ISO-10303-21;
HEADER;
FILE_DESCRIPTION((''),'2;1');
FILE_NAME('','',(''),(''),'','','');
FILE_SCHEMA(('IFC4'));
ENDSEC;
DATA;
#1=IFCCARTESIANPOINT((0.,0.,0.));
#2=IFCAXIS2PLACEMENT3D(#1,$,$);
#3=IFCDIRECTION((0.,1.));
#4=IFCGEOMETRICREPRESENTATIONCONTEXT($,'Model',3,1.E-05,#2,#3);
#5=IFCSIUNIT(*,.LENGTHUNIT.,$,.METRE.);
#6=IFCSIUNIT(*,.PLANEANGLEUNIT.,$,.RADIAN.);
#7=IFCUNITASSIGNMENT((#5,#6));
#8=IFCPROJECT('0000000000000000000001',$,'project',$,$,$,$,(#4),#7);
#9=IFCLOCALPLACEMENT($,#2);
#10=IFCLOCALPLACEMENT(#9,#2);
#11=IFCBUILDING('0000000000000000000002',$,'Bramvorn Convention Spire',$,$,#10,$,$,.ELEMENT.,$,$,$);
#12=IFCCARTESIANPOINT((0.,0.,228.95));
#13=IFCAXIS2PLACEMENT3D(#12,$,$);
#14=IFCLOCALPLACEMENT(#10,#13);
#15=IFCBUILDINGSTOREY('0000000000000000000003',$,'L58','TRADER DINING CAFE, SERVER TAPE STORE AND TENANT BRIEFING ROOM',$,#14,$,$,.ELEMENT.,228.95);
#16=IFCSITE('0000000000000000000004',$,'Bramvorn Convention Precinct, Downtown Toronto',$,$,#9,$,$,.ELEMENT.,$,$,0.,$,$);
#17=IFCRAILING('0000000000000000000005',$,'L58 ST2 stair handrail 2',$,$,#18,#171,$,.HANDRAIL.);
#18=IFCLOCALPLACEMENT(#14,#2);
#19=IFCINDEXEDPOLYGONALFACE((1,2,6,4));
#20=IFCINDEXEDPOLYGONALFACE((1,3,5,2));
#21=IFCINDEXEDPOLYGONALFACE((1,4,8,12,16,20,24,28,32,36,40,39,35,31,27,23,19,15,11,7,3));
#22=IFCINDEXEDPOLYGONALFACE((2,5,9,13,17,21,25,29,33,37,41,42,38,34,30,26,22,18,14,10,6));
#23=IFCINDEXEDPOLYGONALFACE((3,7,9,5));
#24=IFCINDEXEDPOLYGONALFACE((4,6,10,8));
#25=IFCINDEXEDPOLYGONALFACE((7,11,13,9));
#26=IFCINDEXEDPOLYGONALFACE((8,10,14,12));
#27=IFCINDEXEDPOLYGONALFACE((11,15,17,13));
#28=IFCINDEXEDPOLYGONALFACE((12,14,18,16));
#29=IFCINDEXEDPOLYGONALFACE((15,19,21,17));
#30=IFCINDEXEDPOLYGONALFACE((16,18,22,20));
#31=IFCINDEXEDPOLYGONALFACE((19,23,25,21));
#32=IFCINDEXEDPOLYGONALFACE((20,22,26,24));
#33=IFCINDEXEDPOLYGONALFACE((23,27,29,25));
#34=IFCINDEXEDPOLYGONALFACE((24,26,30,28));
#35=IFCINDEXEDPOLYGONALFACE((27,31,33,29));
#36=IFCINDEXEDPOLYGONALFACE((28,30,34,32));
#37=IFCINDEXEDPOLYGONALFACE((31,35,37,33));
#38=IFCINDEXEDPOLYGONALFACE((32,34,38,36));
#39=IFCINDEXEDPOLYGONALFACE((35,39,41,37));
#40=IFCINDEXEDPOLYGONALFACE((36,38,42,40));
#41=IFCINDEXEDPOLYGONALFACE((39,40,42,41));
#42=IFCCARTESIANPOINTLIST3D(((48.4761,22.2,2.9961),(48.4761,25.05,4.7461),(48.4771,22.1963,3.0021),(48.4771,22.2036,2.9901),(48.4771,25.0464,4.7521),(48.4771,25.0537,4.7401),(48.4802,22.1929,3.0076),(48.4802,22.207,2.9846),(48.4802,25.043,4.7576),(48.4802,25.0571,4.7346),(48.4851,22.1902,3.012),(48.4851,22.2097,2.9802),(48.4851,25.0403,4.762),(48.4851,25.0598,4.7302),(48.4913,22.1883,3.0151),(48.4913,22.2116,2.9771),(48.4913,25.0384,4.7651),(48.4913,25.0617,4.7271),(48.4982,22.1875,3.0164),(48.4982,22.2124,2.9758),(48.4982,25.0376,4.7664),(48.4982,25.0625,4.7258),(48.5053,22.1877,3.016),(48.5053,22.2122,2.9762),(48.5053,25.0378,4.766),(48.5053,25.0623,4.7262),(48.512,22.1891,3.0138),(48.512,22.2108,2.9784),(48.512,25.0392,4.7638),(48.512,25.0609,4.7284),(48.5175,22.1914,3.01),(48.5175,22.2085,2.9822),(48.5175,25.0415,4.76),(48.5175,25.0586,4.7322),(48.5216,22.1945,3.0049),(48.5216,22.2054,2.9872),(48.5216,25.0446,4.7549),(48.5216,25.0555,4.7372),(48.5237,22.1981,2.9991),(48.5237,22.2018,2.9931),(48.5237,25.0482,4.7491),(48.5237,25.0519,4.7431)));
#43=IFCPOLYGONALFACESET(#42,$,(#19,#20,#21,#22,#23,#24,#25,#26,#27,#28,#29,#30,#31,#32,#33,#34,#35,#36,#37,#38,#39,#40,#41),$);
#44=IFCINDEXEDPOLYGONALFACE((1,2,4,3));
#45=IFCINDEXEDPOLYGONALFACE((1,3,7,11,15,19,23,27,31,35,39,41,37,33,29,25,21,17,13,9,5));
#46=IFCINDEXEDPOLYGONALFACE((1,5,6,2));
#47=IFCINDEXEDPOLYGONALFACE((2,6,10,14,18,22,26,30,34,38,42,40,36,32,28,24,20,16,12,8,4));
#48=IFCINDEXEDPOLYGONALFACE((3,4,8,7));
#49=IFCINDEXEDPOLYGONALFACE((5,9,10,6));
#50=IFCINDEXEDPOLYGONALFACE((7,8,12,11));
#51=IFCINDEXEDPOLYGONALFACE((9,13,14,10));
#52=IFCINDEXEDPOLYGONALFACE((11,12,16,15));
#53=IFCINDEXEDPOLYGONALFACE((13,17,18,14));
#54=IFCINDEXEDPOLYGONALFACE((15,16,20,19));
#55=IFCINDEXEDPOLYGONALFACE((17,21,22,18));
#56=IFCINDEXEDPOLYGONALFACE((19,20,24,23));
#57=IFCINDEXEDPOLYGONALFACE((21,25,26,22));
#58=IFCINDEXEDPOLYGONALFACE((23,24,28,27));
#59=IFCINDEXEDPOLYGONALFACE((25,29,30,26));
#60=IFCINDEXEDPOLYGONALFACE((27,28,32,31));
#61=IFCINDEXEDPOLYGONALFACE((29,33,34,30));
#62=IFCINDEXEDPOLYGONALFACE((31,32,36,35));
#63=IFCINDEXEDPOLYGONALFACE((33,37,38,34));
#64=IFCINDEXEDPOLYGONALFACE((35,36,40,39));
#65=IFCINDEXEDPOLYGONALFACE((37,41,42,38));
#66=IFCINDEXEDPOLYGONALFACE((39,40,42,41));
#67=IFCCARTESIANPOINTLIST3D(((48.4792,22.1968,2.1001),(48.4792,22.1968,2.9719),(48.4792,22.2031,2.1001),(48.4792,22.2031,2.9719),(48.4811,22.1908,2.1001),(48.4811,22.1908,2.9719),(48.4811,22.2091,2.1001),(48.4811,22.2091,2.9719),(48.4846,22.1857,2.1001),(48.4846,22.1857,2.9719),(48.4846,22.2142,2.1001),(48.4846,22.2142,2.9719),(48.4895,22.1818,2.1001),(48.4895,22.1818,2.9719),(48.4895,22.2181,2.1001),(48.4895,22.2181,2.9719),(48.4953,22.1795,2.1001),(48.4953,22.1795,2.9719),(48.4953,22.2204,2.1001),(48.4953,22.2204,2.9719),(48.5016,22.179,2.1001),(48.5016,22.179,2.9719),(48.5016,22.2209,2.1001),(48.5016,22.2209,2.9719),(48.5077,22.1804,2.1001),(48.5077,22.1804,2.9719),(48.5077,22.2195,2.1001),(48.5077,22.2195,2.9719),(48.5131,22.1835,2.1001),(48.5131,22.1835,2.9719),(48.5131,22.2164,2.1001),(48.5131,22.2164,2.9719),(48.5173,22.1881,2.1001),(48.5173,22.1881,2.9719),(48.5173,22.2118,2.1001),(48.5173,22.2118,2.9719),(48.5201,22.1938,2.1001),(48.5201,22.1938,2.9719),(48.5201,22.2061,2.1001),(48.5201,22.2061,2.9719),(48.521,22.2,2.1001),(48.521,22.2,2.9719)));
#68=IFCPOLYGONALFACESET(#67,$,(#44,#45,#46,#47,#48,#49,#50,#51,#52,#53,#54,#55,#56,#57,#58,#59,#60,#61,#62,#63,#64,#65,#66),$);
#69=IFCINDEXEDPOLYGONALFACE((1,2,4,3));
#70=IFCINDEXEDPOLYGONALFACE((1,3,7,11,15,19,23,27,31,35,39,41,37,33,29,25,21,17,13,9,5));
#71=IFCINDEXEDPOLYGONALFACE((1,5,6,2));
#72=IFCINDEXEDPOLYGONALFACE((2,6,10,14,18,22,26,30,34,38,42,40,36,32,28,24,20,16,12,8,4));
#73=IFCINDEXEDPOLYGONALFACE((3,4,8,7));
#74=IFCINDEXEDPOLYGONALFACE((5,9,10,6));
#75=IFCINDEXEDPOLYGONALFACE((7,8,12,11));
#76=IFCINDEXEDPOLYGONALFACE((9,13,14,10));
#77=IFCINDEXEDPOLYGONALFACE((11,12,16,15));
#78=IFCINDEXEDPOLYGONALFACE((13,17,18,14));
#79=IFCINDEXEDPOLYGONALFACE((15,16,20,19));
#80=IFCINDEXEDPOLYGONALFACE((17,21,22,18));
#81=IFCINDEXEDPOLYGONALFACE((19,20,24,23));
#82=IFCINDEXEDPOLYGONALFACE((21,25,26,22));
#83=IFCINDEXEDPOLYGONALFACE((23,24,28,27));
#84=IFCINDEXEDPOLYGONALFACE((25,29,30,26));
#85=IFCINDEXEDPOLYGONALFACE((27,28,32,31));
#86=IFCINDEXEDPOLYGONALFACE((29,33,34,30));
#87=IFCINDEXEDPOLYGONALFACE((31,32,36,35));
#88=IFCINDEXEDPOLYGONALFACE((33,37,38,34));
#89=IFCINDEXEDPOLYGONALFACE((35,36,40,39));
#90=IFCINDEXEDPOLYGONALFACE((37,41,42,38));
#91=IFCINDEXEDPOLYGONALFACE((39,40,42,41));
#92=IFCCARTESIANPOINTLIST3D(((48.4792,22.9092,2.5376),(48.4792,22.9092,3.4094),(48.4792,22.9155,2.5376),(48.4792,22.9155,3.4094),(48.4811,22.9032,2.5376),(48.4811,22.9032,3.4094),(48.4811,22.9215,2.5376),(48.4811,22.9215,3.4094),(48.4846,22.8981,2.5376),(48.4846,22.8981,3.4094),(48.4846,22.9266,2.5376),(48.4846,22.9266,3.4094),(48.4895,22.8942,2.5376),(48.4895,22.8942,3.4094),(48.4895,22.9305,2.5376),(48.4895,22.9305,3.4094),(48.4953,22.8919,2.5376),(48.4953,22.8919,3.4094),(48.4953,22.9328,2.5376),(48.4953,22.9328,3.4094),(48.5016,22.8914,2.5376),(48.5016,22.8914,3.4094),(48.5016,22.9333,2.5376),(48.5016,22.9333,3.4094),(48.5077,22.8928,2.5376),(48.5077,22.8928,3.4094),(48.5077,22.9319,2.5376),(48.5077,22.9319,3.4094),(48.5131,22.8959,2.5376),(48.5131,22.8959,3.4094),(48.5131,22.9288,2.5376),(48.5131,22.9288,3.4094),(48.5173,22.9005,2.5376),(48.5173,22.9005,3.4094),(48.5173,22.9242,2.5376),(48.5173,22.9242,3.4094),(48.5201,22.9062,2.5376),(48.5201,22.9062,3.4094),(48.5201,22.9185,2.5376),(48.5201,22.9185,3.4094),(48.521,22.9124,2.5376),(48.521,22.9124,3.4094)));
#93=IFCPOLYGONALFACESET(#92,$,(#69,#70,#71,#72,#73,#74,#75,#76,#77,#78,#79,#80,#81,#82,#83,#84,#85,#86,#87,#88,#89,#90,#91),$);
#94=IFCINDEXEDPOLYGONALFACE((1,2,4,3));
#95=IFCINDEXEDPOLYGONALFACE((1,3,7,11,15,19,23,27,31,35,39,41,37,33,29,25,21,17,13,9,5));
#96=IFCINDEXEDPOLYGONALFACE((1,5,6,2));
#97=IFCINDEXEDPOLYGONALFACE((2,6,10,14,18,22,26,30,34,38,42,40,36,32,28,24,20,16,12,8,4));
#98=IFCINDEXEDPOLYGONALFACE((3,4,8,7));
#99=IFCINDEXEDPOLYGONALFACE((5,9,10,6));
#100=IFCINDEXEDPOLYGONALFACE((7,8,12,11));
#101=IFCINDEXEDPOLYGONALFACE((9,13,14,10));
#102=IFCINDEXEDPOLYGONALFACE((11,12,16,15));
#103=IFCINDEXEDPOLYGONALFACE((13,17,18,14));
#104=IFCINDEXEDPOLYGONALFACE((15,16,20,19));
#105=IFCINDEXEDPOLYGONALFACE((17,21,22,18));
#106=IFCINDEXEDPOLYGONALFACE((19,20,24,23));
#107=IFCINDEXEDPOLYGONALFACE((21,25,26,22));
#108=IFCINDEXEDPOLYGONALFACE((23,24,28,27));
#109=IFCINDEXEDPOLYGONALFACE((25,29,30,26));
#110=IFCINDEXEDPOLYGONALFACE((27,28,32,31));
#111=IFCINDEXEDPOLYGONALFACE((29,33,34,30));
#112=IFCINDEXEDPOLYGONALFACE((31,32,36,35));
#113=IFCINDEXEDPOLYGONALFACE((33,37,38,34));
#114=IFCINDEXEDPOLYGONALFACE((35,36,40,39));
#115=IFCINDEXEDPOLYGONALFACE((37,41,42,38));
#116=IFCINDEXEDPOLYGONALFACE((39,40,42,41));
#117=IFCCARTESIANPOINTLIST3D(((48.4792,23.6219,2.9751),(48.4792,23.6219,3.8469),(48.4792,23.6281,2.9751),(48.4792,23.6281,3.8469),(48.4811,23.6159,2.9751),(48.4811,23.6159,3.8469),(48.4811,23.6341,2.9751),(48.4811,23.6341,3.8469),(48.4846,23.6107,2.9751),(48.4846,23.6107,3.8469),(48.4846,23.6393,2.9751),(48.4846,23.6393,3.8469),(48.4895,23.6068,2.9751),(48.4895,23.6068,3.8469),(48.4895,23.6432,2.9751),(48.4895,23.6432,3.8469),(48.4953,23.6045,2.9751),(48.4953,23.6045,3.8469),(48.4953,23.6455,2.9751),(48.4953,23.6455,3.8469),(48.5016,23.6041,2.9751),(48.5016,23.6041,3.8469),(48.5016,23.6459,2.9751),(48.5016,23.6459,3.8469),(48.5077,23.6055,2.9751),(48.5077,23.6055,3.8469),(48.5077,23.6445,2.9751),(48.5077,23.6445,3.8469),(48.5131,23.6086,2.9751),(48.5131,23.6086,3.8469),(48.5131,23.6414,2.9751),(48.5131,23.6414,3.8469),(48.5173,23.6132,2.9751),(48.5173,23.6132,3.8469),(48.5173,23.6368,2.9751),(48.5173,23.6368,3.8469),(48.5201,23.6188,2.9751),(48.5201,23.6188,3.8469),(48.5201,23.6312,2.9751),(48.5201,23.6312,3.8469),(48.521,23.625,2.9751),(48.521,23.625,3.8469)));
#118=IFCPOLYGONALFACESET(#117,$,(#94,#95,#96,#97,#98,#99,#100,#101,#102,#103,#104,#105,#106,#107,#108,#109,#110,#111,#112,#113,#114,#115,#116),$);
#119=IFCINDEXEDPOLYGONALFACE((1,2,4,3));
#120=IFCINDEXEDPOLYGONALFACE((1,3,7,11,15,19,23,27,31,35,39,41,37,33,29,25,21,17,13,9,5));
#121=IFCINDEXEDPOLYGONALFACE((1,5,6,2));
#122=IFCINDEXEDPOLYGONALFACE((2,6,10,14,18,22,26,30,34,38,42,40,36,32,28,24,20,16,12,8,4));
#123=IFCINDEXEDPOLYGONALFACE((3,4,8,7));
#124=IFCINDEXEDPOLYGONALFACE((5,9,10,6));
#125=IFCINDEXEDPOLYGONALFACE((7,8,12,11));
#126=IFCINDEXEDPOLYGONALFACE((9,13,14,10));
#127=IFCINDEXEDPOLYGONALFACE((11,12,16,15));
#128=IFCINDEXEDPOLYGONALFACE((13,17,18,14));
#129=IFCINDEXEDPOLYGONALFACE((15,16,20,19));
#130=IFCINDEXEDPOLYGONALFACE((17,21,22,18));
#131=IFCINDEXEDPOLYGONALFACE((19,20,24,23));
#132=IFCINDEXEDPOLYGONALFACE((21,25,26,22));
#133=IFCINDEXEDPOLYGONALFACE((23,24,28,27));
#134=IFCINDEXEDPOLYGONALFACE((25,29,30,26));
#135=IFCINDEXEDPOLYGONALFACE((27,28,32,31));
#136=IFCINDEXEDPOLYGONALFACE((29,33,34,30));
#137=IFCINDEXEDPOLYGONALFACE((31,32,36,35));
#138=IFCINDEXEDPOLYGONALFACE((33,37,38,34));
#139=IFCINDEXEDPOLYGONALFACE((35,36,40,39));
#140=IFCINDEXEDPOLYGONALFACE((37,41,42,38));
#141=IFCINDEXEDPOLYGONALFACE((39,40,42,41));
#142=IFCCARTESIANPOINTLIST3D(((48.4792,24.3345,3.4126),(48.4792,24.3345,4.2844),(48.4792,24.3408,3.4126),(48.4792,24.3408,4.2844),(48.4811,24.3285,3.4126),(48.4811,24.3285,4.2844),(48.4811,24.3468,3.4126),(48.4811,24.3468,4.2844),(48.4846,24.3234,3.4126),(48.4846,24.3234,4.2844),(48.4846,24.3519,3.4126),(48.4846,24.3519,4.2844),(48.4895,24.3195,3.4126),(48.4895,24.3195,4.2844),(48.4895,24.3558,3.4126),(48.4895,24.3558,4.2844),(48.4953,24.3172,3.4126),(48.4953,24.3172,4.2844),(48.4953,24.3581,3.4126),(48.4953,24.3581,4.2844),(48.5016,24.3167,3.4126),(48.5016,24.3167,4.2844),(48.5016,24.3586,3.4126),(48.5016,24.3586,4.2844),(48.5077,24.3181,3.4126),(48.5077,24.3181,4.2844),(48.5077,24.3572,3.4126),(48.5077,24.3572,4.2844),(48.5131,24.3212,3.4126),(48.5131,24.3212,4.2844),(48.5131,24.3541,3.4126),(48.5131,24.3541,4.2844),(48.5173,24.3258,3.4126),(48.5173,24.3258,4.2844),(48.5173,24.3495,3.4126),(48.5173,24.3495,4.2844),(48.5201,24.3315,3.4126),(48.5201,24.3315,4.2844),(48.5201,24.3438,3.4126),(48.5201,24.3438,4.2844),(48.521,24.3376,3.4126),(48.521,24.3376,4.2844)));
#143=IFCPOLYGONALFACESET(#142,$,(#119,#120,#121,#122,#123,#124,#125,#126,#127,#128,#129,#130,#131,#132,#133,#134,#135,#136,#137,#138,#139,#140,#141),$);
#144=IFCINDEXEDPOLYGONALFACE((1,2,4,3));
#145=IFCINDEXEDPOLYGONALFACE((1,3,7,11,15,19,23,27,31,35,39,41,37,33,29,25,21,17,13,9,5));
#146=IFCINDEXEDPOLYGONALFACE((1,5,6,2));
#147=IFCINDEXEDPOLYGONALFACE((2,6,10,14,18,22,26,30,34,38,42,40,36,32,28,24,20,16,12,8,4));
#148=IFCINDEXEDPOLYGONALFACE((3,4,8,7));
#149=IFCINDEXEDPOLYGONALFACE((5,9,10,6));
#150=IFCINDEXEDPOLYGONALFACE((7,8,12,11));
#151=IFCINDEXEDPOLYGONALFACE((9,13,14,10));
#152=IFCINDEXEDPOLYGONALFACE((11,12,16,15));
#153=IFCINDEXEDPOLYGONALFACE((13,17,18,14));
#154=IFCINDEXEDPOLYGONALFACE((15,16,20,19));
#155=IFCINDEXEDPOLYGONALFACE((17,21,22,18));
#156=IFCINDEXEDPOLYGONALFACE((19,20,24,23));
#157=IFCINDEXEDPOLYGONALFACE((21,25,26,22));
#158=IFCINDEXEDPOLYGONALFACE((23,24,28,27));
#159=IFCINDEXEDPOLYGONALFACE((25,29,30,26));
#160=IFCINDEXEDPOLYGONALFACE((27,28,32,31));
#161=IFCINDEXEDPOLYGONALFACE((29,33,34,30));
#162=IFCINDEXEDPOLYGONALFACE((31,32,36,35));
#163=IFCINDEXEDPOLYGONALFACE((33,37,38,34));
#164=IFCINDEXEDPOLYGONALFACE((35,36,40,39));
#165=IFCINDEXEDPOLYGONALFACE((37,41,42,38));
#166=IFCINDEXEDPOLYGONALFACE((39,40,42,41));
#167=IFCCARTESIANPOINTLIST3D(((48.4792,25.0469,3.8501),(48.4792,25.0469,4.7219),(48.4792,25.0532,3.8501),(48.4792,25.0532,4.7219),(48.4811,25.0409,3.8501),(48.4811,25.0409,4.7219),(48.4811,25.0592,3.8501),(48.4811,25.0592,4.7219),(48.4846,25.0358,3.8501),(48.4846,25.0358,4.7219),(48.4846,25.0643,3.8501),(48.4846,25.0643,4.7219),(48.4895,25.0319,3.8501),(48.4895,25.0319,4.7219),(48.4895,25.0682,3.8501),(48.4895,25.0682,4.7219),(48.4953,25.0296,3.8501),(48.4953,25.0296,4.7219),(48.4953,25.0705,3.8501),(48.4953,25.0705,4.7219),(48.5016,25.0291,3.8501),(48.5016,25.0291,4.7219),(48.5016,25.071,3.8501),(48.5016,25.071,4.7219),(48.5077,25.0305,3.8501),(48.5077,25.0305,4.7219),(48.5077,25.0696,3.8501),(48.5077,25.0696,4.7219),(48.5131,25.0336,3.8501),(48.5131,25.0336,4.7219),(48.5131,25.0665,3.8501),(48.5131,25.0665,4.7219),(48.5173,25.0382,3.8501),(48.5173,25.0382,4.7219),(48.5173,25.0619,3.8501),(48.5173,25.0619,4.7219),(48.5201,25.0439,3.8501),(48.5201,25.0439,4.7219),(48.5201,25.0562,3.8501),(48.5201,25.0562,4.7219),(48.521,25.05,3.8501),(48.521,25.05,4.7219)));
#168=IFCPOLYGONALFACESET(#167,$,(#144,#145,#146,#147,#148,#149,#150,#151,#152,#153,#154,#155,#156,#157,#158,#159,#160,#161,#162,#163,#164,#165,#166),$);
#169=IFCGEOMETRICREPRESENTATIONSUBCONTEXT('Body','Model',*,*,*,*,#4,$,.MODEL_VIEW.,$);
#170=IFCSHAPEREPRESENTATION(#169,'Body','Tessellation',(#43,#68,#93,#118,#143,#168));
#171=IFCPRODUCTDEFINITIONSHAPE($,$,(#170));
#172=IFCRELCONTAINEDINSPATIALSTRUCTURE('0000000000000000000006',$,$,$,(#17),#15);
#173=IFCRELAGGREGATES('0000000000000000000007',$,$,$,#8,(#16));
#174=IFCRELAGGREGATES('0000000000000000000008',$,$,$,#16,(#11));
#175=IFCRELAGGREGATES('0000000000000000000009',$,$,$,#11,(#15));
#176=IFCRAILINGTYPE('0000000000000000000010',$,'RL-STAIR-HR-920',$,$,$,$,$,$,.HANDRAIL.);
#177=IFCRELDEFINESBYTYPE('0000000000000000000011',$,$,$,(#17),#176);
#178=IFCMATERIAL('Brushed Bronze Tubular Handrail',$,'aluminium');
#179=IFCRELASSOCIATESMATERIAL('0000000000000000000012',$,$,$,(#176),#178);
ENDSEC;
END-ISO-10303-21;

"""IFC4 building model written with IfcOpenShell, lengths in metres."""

from ifc_helpers import new_model, si_unit, direction, frame, origin, origin_2d, place, context, subcontext, project, spatial, circle, extrude, material, type_object, element, save


model = new_model("IFC4")

# Units and contexts
model_context = context("Model", 3, precision=1e-05, world=origin(), true_north=direction((0.0, 1.0)))
body_context = subcontext(model_context, "Body", "Model", "MODEL_VIEW")
ifc_project = project(units=[si_unit("LENGTHUNIT", "METRE"), si_unit("PLANEANGLEUNIT", "RADIAN")], contexts=[model_context])

# Site, building, storey
site_placement = place(None, origin())
site = spatial("IfcSite", under=ifc_project, at=site_placement, Name="Bramvorn Convention Precinct, Downtown Toronto", CompositionType="ELEMENT", RefElevation=0.0)
building_placement = place(site_placement, origin())
building = spatial("IfcBuilding", under=site, at=building_placement, Name="Bramvorn Convention Spire", CompositionType="ELEMENT")
storey_placement = place(building_placement, frame((0.0, 0.0, 228.95)))
storey = spatial("IfcBuildingStorey", under=building, at=storey_placement, Name="L58", Description="TRADER DINING CAFE, SERVER TAPE STORE AND TENANT BRIEFING ROOM", CompositionType="ELEMENT", Elevation=228.95)

# Railing
ifc_material_1 = material(Name="Brushed Bronze Tubular Handrail", Category="aluminium")
railing_type_1 = type_object("IfcRailingType", Name="RL-STAIR-HR-920", PredefinedType="HANDRAIL", material=ifc_material_1)
railing_1_placement = place(storey_placement, frame((48.5, 22.2, 2.1001)))
element("IfcRailing", 1, at=railing_1_placement, inside=storey, type_object=railing_type_1, Name="L58 ST2 stair handrail 2", PredefinedType="HANDRAIL", context=body_context, shape_type="SweptSolid", body=[
    extrude(circle(Radius=0.0239, at=origin_2d()), frame((0.0, 0.0, 0.896), z_axis=(0.0, 0.852179, 0.52325), x_axis=(-1.0, 0.0, 0.0)), (0.0, 0.0, 1.0), 3.3445),
    extrude(circle(Radius=0.021, at=origin_2d()), origin(), (0.0, 0.0, 1.0), 0.8718),
    extrude(circle(Radius=0.021, at=origin_2d()), frame((0.0, 0.7124, 0.4375)), (0.0, 0.0, 1.0), 0.8718),
    extrude(circle(Radius=0.021, at=origin_2d()), frame((0.0, 1.425, 0.875)), (0.0, 0.0, 1.0), 0.8718),
    extrude(circle(Radius=0.021, at=origin_2d()), frame((0.0, 2.1377, 1.3125)), (0.0, 0.0, 1.0), 0.8718),
    extrude(circle(Radius=0.021, at=origin_2d()), frame((0.0, 2.8501, 1.75)), (0.0, 0.0, 1.0), 0.8718),
])

save(model, "model.ifc")
